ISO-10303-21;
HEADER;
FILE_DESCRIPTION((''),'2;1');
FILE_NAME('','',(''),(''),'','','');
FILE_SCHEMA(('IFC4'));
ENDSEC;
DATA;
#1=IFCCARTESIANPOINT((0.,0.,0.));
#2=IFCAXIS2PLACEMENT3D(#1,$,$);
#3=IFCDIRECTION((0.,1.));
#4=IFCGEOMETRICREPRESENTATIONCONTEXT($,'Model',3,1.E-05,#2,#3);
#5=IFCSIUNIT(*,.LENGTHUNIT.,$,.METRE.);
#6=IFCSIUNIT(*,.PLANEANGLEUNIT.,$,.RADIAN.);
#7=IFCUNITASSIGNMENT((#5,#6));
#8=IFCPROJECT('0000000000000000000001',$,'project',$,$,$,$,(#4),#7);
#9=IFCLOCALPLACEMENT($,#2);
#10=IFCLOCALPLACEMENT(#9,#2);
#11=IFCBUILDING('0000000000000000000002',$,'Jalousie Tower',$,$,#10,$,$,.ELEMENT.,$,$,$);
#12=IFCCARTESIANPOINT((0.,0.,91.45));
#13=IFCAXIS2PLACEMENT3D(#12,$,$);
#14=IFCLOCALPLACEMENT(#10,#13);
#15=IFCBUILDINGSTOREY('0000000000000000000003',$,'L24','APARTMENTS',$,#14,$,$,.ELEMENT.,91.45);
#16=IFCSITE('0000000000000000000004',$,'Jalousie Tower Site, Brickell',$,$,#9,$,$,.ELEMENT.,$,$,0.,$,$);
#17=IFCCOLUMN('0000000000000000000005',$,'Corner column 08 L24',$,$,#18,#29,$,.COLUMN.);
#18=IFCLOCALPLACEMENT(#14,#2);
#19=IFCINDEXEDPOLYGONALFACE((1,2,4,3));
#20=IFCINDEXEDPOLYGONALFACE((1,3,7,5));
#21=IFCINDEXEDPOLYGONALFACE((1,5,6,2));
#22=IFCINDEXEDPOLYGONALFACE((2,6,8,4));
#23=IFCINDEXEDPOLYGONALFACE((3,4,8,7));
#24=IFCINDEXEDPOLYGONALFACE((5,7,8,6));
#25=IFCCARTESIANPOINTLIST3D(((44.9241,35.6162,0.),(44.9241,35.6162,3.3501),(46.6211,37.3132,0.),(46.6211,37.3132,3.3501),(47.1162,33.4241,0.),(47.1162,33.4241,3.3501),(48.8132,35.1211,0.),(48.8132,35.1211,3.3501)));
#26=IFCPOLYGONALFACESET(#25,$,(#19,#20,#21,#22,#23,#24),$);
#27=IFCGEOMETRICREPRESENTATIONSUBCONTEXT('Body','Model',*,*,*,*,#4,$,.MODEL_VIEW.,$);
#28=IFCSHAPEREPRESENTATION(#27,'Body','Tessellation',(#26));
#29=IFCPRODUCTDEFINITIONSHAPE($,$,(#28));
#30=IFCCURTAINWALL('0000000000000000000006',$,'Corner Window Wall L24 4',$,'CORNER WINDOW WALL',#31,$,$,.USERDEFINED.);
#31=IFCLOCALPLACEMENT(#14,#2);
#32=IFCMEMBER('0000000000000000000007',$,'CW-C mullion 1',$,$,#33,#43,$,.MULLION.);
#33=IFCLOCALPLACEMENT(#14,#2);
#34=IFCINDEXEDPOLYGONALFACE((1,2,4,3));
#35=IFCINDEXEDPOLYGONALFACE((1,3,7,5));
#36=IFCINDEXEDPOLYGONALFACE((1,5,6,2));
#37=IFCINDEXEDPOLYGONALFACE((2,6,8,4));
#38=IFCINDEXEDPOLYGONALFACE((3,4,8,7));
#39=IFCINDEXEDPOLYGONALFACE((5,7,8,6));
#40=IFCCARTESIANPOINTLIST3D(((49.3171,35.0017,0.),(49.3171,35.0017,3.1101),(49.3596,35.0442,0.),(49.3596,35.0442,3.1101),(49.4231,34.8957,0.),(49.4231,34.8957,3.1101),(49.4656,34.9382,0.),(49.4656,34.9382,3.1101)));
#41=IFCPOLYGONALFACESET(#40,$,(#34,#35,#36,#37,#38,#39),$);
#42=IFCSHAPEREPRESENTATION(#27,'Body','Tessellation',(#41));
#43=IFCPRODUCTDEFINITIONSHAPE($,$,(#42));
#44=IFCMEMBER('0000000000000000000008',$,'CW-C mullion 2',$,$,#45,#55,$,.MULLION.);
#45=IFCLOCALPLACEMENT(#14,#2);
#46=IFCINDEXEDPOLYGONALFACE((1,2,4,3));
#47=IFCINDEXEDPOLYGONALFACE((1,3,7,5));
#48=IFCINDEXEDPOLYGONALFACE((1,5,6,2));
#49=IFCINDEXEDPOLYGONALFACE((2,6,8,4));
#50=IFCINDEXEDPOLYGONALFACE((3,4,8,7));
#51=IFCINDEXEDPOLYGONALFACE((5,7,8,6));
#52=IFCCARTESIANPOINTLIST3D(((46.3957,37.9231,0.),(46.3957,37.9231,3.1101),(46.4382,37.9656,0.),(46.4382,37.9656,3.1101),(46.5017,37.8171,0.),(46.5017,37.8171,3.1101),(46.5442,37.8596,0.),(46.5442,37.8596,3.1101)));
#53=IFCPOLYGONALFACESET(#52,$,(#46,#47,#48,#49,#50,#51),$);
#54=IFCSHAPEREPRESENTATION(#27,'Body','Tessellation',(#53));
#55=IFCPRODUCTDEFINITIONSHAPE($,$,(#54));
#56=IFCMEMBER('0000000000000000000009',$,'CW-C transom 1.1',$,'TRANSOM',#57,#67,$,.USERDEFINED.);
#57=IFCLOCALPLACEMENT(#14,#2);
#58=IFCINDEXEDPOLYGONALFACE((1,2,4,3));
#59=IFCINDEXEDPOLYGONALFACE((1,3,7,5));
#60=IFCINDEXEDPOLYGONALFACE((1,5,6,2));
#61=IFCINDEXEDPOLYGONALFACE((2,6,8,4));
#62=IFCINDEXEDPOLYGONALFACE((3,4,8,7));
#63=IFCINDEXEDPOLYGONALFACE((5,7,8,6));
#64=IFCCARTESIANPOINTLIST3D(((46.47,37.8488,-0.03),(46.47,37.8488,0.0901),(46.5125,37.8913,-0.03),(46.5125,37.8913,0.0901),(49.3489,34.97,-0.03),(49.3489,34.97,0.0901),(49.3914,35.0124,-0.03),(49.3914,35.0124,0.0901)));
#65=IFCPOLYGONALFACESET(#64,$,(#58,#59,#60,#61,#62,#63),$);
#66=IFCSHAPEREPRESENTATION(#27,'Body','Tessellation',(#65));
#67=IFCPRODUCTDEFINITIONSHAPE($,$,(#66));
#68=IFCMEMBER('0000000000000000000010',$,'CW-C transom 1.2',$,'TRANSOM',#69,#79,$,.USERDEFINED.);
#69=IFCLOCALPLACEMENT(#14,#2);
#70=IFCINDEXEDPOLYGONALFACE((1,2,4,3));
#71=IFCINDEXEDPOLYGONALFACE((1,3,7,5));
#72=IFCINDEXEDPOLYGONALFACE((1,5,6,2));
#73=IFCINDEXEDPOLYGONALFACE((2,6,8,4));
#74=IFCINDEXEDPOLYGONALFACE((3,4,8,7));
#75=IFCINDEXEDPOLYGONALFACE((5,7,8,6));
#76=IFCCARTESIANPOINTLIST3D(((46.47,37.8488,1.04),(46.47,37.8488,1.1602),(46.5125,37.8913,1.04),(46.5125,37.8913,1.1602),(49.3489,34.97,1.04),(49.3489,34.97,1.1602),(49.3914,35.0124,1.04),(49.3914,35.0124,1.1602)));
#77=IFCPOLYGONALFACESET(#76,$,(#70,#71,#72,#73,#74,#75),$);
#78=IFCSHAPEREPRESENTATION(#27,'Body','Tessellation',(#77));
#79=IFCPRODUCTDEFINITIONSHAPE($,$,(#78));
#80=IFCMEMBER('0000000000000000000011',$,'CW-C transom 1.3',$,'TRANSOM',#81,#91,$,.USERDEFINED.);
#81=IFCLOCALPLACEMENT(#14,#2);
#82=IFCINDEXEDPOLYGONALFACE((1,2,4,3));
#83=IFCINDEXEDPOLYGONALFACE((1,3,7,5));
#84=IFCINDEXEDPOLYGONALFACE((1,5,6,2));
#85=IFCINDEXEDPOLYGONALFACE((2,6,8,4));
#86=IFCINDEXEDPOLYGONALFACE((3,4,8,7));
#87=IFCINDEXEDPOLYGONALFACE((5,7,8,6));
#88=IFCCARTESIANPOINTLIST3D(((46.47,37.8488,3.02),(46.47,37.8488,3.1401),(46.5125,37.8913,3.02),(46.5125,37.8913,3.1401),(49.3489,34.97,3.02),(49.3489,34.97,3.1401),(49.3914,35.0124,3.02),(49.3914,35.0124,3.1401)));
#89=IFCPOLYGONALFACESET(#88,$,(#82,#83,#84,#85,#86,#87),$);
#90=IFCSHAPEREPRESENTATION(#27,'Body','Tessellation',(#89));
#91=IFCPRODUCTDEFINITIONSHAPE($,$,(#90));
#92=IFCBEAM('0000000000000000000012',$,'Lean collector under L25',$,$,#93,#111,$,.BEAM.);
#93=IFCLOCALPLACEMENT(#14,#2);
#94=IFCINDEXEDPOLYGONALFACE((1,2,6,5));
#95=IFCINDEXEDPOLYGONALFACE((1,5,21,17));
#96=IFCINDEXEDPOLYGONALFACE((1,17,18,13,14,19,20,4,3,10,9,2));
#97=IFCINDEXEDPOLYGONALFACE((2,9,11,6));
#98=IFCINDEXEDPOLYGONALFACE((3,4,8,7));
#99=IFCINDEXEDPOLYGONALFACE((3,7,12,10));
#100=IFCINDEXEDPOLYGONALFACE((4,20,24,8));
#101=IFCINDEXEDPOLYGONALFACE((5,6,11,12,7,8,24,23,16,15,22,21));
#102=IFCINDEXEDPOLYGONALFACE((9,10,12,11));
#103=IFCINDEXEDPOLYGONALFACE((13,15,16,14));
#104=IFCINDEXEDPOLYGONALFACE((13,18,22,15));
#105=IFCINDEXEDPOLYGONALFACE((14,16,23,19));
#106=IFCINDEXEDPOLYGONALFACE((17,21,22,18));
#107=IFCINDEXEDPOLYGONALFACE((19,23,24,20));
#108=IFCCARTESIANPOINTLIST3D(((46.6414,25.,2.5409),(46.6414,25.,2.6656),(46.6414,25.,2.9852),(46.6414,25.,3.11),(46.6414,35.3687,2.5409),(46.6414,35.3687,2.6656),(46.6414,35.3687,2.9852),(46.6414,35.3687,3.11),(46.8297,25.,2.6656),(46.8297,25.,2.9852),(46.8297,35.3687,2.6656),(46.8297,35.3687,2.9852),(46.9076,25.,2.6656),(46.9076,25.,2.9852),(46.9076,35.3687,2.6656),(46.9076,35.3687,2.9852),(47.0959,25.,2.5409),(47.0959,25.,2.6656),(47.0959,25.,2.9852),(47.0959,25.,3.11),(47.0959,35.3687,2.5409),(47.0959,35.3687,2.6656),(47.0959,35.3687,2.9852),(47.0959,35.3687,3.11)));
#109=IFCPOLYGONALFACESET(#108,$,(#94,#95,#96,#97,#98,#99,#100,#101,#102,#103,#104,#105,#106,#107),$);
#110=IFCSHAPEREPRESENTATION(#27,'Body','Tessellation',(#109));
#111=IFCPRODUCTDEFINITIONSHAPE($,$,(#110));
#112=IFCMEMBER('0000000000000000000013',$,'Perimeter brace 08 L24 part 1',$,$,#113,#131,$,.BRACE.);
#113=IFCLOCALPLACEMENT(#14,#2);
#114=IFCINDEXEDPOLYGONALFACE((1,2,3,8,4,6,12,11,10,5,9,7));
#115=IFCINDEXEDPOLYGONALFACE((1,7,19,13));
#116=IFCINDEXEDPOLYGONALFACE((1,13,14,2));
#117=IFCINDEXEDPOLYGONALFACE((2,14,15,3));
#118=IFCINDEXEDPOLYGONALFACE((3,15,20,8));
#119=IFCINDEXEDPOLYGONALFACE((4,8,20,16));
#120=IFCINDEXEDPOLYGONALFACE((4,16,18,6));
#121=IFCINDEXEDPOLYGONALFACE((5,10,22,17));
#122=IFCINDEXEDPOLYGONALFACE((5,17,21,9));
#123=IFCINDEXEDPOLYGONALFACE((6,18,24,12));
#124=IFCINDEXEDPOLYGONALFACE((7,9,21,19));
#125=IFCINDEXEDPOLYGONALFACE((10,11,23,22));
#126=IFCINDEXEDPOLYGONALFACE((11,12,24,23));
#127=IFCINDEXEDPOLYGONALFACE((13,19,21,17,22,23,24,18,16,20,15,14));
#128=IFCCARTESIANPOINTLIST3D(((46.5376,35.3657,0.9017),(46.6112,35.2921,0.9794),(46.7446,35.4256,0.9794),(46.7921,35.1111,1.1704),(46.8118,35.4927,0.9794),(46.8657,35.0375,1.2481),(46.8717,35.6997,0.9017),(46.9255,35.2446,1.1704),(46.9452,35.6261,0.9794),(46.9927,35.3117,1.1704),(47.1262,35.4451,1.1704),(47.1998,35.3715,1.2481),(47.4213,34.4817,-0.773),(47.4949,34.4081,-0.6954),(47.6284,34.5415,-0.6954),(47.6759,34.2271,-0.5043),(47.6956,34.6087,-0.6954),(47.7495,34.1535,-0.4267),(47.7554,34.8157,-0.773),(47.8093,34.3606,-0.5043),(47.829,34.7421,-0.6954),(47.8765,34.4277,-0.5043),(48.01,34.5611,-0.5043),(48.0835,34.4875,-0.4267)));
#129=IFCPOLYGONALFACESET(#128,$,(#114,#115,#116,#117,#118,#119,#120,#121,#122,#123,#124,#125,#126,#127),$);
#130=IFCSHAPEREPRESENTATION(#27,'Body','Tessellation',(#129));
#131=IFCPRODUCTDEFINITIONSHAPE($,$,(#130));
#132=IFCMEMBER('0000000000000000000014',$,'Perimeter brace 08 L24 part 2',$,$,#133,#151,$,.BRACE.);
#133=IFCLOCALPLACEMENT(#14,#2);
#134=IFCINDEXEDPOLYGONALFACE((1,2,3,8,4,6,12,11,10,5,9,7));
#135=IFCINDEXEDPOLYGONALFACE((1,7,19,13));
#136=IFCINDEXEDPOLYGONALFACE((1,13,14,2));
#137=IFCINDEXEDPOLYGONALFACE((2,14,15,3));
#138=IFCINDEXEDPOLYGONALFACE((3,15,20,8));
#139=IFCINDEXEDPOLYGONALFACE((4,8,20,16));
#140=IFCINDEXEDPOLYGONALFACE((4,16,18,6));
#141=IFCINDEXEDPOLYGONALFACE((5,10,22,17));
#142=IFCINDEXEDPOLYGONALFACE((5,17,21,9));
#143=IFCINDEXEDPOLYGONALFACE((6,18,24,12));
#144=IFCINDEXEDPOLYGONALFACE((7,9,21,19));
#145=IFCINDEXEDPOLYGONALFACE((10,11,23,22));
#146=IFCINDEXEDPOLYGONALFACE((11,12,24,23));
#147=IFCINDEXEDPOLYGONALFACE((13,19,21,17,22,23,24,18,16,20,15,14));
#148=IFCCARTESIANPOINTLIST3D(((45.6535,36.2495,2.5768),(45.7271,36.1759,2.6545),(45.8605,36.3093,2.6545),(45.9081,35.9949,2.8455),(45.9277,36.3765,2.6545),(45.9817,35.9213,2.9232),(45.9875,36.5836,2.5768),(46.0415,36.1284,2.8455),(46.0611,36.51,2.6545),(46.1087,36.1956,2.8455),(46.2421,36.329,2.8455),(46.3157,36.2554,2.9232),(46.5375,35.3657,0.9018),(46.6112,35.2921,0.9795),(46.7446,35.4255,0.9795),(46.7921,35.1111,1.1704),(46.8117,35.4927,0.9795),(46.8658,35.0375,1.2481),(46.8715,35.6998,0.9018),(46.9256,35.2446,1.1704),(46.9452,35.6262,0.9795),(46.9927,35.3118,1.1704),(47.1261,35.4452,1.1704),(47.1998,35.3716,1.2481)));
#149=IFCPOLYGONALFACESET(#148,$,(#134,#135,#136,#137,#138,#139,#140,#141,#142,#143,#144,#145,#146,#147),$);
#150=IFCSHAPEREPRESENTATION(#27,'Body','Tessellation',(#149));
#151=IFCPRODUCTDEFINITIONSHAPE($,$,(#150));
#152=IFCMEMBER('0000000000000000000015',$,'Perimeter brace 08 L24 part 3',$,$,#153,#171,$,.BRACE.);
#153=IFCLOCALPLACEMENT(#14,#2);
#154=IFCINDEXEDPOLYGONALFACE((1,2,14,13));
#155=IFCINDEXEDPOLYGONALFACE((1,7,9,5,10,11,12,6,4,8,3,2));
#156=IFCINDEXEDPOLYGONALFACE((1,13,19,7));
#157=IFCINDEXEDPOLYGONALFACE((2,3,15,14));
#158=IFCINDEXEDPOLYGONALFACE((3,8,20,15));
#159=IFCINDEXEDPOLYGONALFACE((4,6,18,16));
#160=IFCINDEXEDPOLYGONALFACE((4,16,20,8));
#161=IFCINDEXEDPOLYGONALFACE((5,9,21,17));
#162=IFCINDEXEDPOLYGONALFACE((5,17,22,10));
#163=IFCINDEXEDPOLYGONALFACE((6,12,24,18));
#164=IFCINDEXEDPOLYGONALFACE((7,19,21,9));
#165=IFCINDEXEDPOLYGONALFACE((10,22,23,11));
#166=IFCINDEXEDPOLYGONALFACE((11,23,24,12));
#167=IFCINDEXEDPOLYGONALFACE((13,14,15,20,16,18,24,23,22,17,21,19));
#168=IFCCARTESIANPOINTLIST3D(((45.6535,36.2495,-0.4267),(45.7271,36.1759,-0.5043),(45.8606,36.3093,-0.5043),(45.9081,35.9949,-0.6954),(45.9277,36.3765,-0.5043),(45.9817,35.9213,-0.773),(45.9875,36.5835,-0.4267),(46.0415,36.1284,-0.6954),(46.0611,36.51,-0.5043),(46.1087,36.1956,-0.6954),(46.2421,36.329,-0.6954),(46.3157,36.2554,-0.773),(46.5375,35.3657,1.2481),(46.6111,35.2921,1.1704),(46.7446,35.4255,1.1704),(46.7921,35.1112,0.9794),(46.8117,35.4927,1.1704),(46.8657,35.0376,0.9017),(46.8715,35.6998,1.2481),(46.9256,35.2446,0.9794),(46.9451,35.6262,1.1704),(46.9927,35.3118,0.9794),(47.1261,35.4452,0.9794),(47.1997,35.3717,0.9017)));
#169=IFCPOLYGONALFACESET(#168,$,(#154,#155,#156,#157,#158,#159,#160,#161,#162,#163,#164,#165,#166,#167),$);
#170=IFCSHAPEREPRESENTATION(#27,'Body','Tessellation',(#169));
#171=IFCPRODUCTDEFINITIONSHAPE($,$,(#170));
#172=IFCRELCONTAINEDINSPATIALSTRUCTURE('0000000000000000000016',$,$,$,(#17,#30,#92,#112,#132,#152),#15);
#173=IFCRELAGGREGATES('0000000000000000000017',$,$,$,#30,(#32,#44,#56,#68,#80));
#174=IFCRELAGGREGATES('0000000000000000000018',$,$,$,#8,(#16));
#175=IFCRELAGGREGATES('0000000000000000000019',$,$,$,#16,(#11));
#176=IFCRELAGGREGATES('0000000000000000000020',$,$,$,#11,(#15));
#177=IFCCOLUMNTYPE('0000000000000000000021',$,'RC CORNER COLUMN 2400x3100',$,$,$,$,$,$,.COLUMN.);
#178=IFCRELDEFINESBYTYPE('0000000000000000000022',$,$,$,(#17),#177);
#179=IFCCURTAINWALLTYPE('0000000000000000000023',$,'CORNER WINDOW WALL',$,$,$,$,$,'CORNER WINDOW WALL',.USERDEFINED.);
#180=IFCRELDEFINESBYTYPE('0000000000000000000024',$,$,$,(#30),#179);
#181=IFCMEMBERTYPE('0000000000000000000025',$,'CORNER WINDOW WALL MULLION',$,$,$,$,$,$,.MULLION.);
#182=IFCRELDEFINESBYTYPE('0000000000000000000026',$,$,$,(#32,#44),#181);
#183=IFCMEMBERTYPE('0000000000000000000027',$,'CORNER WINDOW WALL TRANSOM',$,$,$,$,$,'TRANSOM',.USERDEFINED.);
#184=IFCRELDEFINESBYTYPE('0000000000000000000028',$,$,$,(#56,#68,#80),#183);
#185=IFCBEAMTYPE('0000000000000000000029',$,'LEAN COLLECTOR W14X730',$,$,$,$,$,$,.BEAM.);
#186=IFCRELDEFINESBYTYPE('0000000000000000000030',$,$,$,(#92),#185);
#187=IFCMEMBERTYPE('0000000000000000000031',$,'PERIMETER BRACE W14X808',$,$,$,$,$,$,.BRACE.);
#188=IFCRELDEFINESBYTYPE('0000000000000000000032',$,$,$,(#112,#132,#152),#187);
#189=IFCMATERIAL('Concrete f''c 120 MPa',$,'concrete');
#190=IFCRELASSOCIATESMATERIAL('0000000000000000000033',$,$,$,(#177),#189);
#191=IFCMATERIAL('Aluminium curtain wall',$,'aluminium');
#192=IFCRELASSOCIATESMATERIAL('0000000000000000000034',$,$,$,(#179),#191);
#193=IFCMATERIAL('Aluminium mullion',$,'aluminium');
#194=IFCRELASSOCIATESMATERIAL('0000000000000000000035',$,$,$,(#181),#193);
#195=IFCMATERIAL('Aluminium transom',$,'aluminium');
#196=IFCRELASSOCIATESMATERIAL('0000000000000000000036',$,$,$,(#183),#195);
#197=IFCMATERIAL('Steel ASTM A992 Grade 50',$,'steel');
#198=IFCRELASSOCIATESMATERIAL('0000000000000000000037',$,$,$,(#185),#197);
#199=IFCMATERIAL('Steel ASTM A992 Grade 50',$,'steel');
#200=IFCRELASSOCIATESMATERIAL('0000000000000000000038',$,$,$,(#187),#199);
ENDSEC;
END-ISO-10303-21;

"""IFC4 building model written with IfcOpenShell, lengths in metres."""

from ifc_helpers import new_model, si_unit, direction, frame, origin, origin_2d, place, context, subcontext, project, spatial, rectangle, i_section, extrude, material, material_profile, profile_set, type_object, element, aggregate, save


model = new_model("IFC4")

# Units and contexts
model_context = context("Model", 3, precision=1e-05, world=origin(), true_north=direction((0.0, 1.0)))
body_context = subcontext(model_context, "Body", "Model", "MODEL_VIEW")
ifc_project = project(units=[si_unit("LENGTHUNIT", "METRE"), si_unit("PLANEANGLEUNIT", "RADIAN")], contexts=[model_context])

# Site, building, storey
site_placement = place(None, origin())
site = spatial("IfcSite", under=ifc_project, at=site_placement, Name="Jalousie Tower Site, Brickell", CompositionType="ELEMENT", RefElevation=0.0)
building_placement = place(site_placement, origin())
building = spatial("IfcBuilding", under=site, at=building_placement, Name="Jalousie Tower", CompositionType="ELEMENT")
storey_placement = place(building_placement, frame((0.0, 0.0, 91.45)))
storey = spatial("IfcBuildingStorey", under=building, at=storey_placement, Name="L24", Description="APARTMENTS", CompositionType="ELEMENT", Elevation=91.45)

# Column
ifc_material_1 = material(Name="Concrete f'c 120 MPa", Category="concrete")
ifc_material_profile_1 = material_profile(ifc_material_1, rectangle(XDim=2.3999, YDim=3.1001, at=origin_2d()), Name="RC 2400x3100")
ifc_profile_set_1 = profile_set([ifc_material_profile_1], Name="Concrete f'c 120 MPa")
column_type = type_object("IfcColumnType", Name="RC CORNER COLUMN 2400x3100", PredefinedType="COLUMN", material=ifc_profile_set_1)
column_placement = place(storey_placement, frame((46.8687, 35.3687, 0.0), z_axis=(0.0, 0.0, 1.0), x_axis=(-0.707107, -0.707107, 0.0)))
element("IfcColumn", 1, at=column_placement, inside=storey, type_object=column_type, Name="Corner column 08 L24", PredefinedType="COLUMN", context=body_context, shape_type="SweptSolid", body=[
    extrude(rectangle(XDim=2.3999, YDim=3.1001, at=origin_2d()), origin(), (0.0, 0.0, 1.0), 3.3501),
])

# Curtain wall, members
ifc_material_2 = material(Name="Aluminium curtain wall", Category="aluminium")
curtain_wall_type_1 = type_object("IfcCurtainWallType", Name="CORNER WINDOW WALL", ElementType="CORNER WINDOW WALL", PredefinedType="USERDEFINED", material=ifc_material_2)
curtain_wall_1_placement = place(storey_placement, origin())
curtain_wall_1 = element("IfcCurtainWall", 2, at=curtain_wall_1_placement, inside=storey, type_object=curtain_wall_type_1, Name="Corner Window Wall L24 4", ObjectType="CORNER WINDOW WALL", PredefinedType="USERDEFINED")
ifc_material_3 = material(Name="Aluminium mullion", Category="aluminium")
ifc_material_profile_2 = material_profile(ifc_material_3, rectangle(XDim=0.0601, YDim=0.1499, at=origin_2d()), Name="MULLION 60x150")
ifc_profile_set_2 = profile_set([ifc_material_profile_2], Name="Aluminium mullion")
member_type_1 = type_object("IfcMemberType", Name="CORNER WINDOW WALL MULLION", PredefinedType="MULLION", material=ifc_profile_set_2)
member_1_placement = place(storey_placement, frame((49.3914, 34.97, 0.0), z_axis=(0.0, 0.0, 1.0), x_axis=(-0.707107, -0.707107, 0.0)))
member_1 = element("IfcMember", 3, at=member_1_placement, type_object=member_type_1, Name="CW-C mullion 1", PredefinedType="MULLION", context=body_context, shape_type="SweptSolid", body=[
    extrude(rectangle(XDim=0.0601, YDim=0.1499, at=origin_2d()), origin(), (0.0, 0.0, 1.0), 3.1101),
])
member_2_placement = place(storey_placement, frame((46.47, 37.8914, 0.0), z_axis=(0.0, 0.0, 1.0), x_axis=(-0.707107, -0.707107, 0.0)))
member_2 = element("IfcMember", 4, at=member_2_placement, type_object=member_type_1, Name="CW-C mullion 2", PredefinedType="MULLION", context=body_context, shape_type="SweptSolid", body=[
    extrude(rectangle(XDim=0.0601, YDim=0.1499, at=origin_2d()), origin(), (0.0, 0.0, 1.0), 3.1101),
])
ifc_material_4 = material(Name="Aluminium transom", Category="aluminium")
ifc_material_profile_3 = material_profile(ifc_material_4, rectangle(XDim=0.0601, YDim=0.1201, at=origin_2d()), Name="TRANSOM 60x120")
ifc_profile_set_3 = profile_set([ifc_material_profile_3], Name="Aluminium transom")
member_type_2 = type_object("IfcMemberType", Name="CORNER WINDOW WALL TRANSOM", ElementType="TRANSOM", PredefinedType="USERDEFINED", material=ifc_profile_set_3)
member_3_placement = place(storey_placement, frame((49.3701, 34.9912, 0.03), z_axis=(-0.707107, 0.707107, 0.0), x_axis=(-0.707107, -0.707107, 0.0)))
member_3 = element("IfcMember", 5, at=member_3_placement, type_object=member_type_2, Name="CW-C transom 1.1", ObjectType="TRANSOM", PredefinedType="USERDEFINED", context=body_context, shape_type="SweptSolid", body=[
    extrude(rectangle(XDim=0.0601, YDim=0.1201, at=origin_2d()), origin(), (0.0, 0.0, 1.0), 4.0713),
])
member_4_placement = place(storey_placement, frame((49.3701, 34.9912, 1.1001), z_axis=(-0.707107, 0.707107, 0.0), x_axis=(-0.707107, -0.707107, 0.0)))
member_4 = element("IfcMember", 6, at=member_4_placement, type_object=member_type_2, Name="CW-C transom 1.2", ObjectType="TRANSOM", PredefinedType="USERDEFINED", context=body_context, shape_type="SweptSolid", body=[
    extrude(rectangle(XDim=0.0601, YDim=0.1201, at=origin_2d()), origin(), (0.0, 0.0, 1.0), 4.0713),
])
member_5_placement = place(storey_placement, frame((49.3701, 34.9912, 3.0801), z_axis=(-0.707107, 0.707107, 0.0), x_axis=(-0.707107, -0.707107, 0.0)))
member_5 = element("IfcMember", 7, at=member_5_placement, type_object=member_type_2, Name="CW-C transom 1.3", ObjectType="TRANSOM", PredefinedType="USERDEFINED", context=body_context, shape_type="SweptSolid", body=[
    extrude(rectangle(XDim=0.0601, YDim=0.1201, at=origin_2d()), origin(), (0.0, 0.0, 1.0), 4.0713),
])

# Beam
ifc_material_5 = material(Name="Steel ASTM A992 Grade 50", Category="steel")
ifc_material_profile_4 = material_profile(ifc_material_5, i_section(OverallWidth=0.4546, OverallDepth=0.5691, WebThickness=0.0779, FlangeThickness=0.1248, at=origin_2d()), Name="W14X730")
ifc_profile_set_4 = profile_set([ifc_material_profile_4], Name="Steel ASTM A992 Grade 50")
beam_type_1 = type_object("IfcBeamType", Name="LEAN COLLECTOR W14X730", PredefinedType="BEAM", material=ifc_profile_set_4)
beam_1_placement = place(storey_placement, frame((46.8687, 35.3687, 2.8254), z_axis=(0.0, -1.0, 0.0), x_axis=(1.0, 0.0, 0.0)))
element("IfcBeam", 8, at=beam_1_placement, inside=storey, type_object=beam_type_1, Name="Lean collector under L25", PredefinedType="BEAM", context=body_context, shape_type="SweptSolid", body=[
    extrude(i_section(OverallWidth=0.4546, OverallDepth=0.5691, WebThickness=0.0779, FlangeThickness=0.1248, at=origin_2d()), origin(), (0.0, 0.0, 1.0), 10.3687),
])

# Members
ifc_material_6 = material(Name="Steel ASTM A992 Grade 50", Category="steel")
ifc_material_profile_5 = material_profile(ifc_material_6, i_section(OverallWidth=0.4724, OverallDepth=0.5791, WebThickness=0.095, FlangeThickness=0.1299, at=origin_2d()), Name="W14X808")
ifc_profile_set_5 = profile_set([ifc_material_profile_5], Name="Steel ASTM A992 Grade 50")
member_type_3 = type_object("IfcMemberType", Name="PERIMETER BRACE W14X808", PredefinedType="BRACE", material=ifc_profile_set_5)
member_6_placement = place(storey_placement, frame((47.7524, 34.4846, -0.5999), z_axis=(-0.422891, 0.423008, 0.801391), x_axis=(-0.707204, -0.707009, 0.0)))
element("IfcMember", 9, at=member_6_placement, inside=storey, type_object=member_type_3, Name="Perimeter brace 08 L24 part 1", PredefinedType="BRACE", context=body_context, shape_type="SweptSolid", body=[
    extrude(i_section(OverallWidth=0.4724, OverallDepth=0.5791, WebThickness=0.095, FlangeThickness=0.1299, at=origin_2d()), origin(), (0.0, 0.0, 1.0), 2.0898),
])
member_7_placement = place(storey_placement, frame((46.8687, 35.3687, 1.075), z_axis=(-0.422969, 0.422852, 0.801432), x_axis=(-0.707009, -0.707204, 0.0)))
element("IfcMember", 10, at=member_7_placement, inside=storey, type_object=member_type_3, Name="Perimeter brace 08 L24 part 2", PredefinedType="BRACE", context=body_context, shape_type="SweptSolid", body=[
    extrude(i_section(OverallWidth=0.4724, OverallDepth=0.5791, WebThickness=0.095, FlangeThickness=0.1299, at=origin_2d()), origin(), (0.0, 0.0, 1.0), 2.0901),
])
member_8_placement = place(storey_placement, frame((45.9846, 36.2524, -0.5999), z_axis=(0.423008, -0.422891, 0.801391), x_axis=(0.707009, 0.707204, 0.0)))
element("IfcMember", 11, at=member_8_placement, inside=storey, type_object=member_type_3, Name="Perimeter brace 08 L24 part 3", PredefinedType="BRACE", context=body_context, shape_type="SweptSolid", body=[
    extrude(i_section(OverallWidth=0.4724, OverallDepth=0.5791, WebThickness=0.095, FlangeThickness=0.1299, at=origin_2d()), origin(), (0.0, 0.0, 1.0), 2.0898),
])

aggregate(curtain_wall_1, [member_1, member_2, member_3, member_4, member_5])

save(model, "model.ifc")
